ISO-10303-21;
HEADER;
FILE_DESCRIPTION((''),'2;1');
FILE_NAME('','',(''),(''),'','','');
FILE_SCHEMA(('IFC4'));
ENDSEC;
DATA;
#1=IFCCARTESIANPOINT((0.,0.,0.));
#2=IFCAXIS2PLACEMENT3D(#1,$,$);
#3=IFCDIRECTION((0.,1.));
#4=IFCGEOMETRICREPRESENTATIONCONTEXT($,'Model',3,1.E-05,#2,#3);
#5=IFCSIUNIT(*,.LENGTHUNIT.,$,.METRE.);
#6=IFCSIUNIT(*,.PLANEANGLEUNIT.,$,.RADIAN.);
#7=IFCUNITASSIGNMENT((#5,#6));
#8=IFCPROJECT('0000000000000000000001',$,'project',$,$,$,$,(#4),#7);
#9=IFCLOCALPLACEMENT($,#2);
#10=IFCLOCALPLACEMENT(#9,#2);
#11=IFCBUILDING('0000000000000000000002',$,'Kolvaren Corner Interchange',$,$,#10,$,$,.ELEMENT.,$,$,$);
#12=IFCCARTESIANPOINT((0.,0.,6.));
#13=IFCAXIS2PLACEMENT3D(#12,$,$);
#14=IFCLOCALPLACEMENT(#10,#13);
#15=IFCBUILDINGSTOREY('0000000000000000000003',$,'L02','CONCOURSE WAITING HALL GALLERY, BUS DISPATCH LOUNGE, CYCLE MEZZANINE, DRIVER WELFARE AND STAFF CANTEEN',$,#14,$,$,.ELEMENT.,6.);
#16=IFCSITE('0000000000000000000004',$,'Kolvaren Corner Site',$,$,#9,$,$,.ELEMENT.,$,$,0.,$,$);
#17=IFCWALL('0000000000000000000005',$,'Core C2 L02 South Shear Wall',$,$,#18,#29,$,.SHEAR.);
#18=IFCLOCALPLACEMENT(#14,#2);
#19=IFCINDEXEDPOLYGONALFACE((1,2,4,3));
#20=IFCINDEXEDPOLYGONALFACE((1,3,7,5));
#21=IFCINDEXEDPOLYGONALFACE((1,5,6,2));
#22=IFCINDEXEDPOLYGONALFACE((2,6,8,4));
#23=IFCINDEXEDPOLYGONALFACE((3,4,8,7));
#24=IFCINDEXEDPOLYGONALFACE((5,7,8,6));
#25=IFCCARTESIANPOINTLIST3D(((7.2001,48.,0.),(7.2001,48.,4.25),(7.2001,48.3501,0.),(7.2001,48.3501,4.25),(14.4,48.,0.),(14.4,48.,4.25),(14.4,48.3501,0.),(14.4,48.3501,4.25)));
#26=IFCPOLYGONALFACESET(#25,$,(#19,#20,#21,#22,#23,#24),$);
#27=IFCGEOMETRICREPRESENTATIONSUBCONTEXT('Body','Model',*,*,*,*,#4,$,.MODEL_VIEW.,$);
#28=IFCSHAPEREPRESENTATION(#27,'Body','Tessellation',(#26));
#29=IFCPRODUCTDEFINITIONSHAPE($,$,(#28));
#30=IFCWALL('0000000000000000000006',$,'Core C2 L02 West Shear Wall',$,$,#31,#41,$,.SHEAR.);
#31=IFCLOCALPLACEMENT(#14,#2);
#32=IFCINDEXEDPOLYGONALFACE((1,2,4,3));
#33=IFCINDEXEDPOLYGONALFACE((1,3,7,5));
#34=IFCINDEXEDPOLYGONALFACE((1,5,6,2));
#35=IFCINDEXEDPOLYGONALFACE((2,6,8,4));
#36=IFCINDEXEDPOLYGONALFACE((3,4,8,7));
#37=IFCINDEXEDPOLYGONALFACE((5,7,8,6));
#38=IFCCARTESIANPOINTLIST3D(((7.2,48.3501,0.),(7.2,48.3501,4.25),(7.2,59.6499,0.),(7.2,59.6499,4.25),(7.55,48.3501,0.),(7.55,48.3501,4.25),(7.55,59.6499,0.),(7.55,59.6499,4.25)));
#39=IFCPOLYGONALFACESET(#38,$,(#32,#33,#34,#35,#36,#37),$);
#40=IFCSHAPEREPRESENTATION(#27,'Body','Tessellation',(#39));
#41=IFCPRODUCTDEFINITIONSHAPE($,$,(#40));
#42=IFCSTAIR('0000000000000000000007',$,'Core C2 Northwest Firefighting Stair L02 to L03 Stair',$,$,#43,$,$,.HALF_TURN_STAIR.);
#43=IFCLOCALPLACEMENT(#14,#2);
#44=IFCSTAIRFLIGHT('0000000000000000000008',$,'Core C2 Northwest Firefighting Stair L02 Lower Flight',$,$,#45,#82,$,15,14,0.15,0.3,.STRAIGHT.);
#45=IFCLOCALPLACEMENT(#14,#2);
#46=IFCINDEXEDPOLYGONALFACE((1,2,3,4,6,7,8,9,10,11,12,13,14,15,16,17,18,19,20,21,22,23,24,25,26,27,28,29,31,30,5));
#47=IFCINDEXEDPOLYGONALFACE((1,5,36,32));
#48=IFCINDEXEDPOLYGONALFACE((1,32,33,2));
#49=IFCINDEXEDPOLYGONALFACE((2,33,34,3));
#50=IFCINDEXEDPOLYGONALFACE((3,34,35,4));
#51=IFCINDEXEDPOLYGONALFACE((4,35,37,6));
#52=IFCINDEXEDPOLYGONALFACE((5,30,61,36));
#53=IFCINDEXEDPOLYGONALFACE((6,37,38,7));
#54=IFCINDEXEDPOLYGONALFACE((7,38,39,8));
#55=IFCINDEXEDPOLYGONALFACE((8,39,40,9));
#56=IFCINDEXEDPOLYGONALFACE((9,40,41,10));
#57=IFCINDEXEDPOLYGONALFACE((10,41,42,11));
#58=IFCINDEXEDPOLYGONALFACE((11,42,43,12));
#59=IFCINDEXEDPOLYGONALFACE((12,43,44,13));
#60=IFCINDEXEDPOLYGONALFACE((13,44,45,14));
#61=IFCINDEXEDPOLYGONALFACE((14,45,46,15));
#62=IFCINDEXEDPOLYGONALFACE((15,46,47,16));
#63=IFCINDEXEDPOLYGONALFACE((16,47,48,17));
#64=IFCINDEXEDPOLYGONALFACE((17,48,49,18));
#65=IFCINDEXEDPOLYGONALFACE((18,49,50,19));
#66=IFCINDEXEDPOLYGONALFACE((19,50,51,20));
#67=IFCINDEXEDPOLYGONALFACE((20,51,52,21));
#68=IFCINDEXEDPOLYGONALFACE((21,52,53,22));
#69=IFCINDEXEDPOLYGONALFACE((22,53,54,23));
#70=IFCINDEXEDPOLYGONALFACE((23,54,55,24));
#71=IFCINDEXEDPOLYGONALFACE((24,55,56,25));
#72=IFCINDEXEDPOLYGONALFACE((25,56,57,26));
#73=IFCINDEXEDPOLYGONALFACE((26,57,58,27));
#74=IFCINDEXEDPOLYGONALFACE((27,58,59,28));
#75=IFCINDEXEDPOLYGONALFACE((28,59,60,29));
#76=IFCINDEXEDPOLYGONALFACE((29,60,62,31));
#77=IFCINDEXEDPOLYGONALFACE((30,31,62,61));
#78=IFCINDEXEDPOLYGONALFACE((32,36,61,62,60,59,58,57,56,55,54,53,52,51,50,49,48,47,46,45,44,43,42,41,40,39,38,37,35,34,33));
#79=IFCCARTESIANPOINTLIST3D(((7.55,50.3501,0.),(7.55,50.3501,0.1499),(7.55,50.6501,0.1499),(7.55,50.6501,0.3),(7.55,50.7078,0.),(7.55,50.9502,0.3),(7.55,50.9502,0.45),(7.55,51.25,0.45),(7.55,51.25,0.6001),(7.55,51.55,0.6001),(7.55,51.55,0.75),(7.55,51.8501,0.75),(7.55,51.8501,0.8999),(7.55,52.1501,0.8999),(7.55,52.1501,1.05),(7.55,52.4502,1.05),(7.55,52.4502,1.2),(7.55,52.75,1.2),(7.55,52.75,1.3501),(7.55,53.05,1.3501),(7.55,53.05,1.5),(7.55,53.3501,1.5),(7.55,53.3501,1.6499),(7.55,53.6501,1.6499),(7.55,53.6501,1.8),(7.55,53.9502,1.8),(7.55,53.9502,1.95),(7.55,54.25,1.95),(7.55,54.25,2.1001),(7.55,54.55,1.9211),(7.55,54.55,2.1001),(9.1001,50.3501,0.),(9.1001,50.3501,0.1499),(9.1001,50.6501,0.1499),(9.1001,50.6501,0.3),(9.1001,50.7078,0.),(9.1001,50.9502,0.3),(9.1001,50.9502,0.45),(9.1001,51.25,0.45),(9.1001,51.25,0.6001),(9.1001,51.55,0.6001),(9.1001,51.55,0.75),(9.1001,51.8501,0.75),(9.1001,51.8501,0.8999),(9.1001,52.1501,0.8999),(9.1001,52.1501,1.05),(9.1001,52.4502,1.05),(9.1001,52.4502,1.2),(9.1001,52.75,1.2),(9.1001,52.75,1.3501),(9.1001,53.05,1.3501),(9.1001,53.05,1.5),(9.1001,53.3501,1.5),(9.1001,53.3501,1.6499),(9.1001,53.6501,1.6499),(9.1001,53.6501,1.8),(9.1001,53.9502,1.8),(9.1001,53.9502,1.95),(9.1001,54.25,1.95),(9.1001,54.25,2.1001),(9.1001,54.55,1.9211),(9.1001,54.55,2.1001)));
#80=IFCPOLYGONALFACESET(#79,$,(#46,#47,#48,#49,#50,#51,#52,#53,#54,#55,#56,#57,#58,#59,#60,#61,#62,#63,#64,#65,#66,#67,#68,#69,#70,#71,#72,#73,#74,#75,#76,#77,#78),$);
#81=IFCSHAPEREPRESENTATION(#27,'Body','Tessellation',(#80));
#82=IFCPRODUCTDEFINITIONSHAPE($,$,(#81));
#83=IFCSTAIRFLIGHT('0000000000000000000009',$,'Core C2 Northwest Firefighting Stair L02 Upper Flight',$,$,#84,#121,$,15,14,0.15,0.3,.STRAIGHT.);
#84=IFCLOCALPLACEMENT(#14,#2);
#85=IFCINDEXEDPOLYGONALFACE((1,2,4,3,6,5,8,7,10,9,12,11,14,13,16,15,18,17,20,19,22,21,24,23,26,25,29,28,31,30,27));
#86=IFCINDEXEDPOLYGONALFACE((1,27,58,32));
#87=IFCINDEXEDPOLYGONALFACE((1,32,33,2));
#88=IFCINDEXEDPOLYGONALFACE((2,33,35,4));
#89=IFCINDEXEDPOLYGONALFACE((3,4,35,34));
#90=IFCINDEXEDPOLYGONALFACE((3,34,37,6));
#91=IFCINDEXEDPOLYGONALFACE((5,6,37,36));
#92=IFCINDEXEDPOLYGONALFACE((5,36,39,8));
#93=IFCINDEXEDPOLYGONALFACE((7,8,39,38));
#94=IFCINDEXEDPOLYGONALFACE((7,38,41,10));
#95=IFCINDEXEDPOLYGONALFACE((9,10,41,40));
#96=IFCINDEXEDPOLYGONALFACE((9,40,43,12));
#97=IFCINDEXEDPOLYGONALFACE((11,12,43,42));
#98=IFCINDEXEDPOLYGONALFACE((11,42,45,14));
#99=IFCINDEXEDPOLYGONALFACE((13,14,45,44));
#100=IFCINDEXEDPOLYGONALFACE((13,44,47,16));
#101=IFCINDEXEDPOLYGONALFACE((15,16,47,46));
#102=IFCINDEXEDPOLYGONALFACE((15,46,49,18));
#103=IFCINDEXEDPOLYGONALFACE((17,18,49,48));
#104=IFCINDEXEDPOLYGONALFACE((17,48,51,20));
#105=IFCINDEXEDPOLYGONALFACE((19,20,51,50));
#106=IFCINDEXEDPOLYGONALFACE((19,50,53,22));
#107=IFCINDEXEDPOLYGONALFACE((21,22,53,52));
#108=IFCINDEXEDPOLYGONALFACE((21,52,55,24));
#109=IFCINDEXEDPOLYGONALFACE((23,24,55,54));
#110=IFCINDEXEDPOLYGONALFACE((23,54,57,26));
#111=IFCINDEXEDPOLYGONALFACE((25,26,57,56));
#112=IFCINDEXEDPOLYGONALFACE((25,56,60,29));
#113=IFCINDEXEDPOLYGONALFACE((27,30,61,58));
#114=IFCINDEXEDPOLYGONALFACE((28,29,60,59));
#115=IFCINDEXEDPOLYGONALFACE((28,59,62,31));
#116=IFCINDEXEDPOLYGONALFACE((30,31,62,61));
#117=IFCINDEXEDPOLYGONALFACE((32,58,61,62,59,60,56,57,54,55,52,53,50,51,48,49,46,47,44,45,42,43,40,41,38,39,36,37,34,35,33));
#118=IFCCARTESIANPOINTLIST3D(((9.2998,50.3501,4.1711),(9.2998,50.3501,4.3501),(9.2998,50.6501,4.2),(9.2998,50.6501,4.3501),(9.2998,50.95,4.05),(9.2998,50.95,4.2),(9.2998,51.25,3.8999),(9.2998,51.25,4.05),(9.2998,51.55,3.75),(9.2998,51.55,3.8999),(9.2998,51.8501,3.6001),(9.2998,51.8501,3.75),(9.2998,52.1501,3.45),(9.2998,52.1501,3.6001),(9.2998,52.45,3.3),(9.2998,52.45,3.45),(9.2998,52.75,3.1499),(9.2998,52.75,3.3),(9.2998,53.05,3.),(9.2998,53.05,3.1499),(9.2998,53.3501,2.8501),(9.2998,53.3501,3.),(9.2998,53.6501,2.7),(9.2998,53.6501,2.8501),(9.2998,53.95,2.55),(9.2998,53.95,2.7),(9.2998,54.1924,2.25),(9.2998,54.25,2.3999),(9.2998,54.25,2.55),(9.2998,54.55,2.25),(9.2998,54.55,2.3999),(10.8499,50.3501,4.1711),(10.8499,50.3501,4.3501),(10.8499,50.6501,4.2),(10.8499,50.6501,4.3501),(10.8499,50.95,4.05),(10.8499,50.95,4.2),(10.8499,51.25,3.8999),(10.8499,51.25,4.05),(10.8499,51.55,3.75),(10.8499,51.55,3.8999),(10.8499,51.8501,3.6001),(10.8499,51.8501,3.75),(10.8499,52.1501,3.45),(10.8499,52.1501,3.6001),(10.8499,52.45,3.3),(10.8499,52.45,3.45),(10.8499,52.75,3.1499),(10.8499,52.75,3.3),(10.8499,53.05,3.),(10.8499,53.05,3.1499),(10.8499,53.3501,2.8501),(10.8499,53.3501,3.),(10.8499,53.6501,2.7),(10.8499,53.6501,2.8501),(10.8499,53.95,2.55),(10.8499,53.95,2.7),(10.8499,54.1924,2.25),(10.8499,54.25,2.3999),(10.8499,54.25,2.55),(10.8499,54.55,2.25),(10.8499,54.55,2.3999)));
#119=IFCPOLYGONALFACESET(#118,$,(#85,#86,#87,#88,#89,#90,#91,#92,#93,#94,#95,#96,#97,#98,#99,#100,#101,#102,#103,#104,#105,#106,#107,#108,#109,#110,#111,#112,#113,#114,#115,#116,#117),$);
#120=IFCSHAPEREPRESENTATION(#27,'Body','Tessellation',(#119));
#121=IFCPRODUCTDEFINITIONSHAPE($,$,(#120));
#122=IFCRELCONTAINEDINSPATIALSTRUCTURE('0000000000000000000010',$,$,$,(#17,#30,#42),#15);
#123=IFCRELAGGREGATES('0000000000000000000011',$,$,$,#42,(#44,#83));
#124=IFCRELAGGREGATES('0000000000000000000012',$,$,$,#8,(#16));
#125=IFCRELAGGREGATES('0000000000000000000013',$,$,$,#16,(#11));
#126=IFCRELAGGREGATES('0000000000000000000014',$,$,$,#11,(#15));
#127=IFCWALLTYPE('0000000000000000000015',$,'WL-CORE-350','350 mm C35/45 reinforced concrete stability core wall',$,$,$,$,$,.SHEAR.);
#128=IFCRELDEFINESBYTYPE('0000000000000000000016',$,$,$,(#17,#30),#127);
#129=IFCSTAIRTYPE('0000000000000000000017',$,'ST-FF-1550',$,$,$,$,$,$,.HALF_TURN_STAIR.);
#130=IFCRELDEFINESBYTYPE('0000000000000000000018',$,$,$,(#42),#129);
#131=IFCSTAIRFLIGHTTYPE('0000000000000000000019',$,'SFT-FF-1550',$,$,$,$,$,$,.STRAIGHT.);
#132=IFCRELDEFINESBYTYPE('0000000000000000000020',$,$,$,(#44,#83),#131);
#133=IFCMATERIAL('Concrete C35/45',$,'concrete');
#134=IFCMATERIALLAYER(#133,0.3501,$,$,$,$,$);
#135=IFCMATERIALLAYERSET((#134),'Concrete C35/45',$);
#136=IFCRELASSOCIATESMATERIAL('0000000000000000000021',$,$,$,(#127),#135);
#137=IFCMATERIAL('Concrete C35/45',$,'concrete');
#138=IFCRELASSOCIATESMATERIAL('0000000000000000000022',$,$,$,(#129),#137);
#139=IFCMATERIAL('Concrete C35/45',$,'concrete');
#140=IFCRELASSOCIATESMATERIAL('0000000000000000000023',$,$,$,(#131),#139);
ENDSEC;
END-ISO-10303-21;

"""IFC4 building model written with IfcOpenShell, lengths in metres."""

from ifc_helpers import new_model, si_unit, direction, frame, frame_2d, origin, place, context, subcontext, project, spatial, polyline, rectangle, outline, extrude, material, layer, layer_set, type_object, element, aggregate, save


model = new_model("IFC4")

# Units and contexts
model_context = context("Model", 3, precision=1e-05, world=origin(), true_north=direction((0.0, 1.0)))
body_context = subcontext(model_context, "Body", "Model", "MODEL_VIEW")
ifc_project = project(units=[si_unit("LENGTHUNIT", "METRE"), si_unit("PLANEANGLEUNIT", "RADIAN")], contexts=[model_context])

# Site, building, storey
site_placement = place(None, origin())
site = spatial("IfcSite", under=ifc_project, at=site_placement, Name="Kolvaren Corner Site", CompositionType="ELEMENT", RefElevation=0.0)
building_placement = place(site_placement, origin())
building = spatial("IfcBuilding", under=site, at=building_placement, Name="Kolvaren Corner Interchange", CompositionType="ELEMENT")
storey_placement = place(building_placement, frame((0.0, 0.0, 6.0)))
storey = spatial("IfcBuildingStorey", under=building, at=storey_placement, Name="L02", Description="CONCOURSE WAITING HALL GALLERY, BUS DISPATCH LOUNGE, CYCLE MEZZANINE, DRIVER WELFARE AND STAFF CANTEEN", CompositionType="ELEMENT", Elevation=6.0)

# Walls
ifc_material_1 = material(Name="Concrete C35/45", Category="concrete")
ifc_layer = layer(ifc_material_1, 0.3501)
ifc_layer_set = layer_set([ifc_layer], Name="Concrete C35/45")
wall_type = type_object("IfcWallType", Name="WL-CORE-350", Description="350 mm C35/45 reinforced concrete stability core wall", PredefinedType="SHEAR", material=ifc_layer_set)
wall_1_placement = place(storey_placement, frame((7.2, 48.175, 0.0), z_axis=(0.0, 0.0, 1.0), x_axis=(1.0, 0.0, 0.0)))
element("IfcWall", 1, at=wall_1_placement, inside=storey, type_object=wall_type, Name="Core C2 L02 South Shear Wall", PredefinedType="SHEAR", context=body_context, shape_type="SweptSolid", body=[
    extrude(rectangle(XDim=7.2, YDim=0.3501, at=frame_2d((3.6001, 0.0))), origin(), (0.0, 0.0, 1.0), 4.25),
])
wall_2_placement = place(storey_placement, frame((7.375, 48.3501, 0.0), z_axis=(0.0, 0.0, 1.0), x_axis=(0.0, 1.0, 0.0)))
element("IfcWall", 2, at=wall_2_placement, inside=storey, type_object=wall_type, Name="Core C2 L02 West Shear Wall", PredefinedType="SHEAR", context=body_context, shape_type="SweptSolid", body=[
    extrude(rectangle(XDim=11.2998, YDim=0.3501, at=frame_2d((5.6499, 0.0))), origin(), (0.0, 0.0, 1.0), 4.25),
])

# Stair, stair flights
ifc_material_2 = material(Name="Concrete C35/45", Category="concrete")
stair_type = type_object("IfcStairType", Name="ST-FF-1550", PredefinedType="HALF_TURN_STAIR", material=ifc_material_2)
stair_placement = place(storey_placement, origin())
stair = element("IfcStair", 3, at=stair_placement, inside=storey, type_object=stair_type, Name="Core C2 Northwest Firefighting Stair L02 to L03 Stair", PredefinedType="HALF_TURN_STAIR")
ifc_material_3 = material(Name="Concrete C35/45", Category="concrete")
stair_flight_type = type_object("IfcStairFlightType", Name="SFT-FF-1550", PredefinedType="STRAIGHT", material=ifc_material_3)
stair_flight_1_placement = place(storey_placement, frame((8.325, 50.3501, 0.0), z_axis=(0.0, 0.0, 1.0), x_axis=(0.0, 1.0, 0.0)))
stair_flight_1 = element("IfcStairFlight", 4, at=stair_flight_1_placement, type_object=stair_flight_type, Name="Core C2 Northwest Firefighting Stair L02 Lower Flight", NumberOfRisers=15, NumberOfTreads=14, PredefinedType="STRAIGHT", RiserHeight=0.15, TreadLength=0.3, context=body_context, shape_type="SweptSolid", body=[
    extrude(outline(polyline([(0.0, 0.0), (0.0, 0.1499), (0.3, 0.1499), (0.3, 0.3), (0.6001, 0.3), (0.6001, 0.45), (0.8999, 0.45), (0.8999, 0.6001), (1.2, 0.6001), (1.2, 0.75), (1.5, 0.75), (1.5, 0.8999), (1.8, 0.8999), (1.8, 1.05), (2.1001, 1.05), (2.1001, 1.2), (2.3999, 1.2), (2.3999, 1.3501), (2.7, 1.3501), (2.7, 1.5), (3.0, 1.5), (3.0, 1.6499), (3.3, 1.6499), (3.3, 1.8), (3.6001, 1.8), (3.6001, 1.95), (3.8999, 1.95), (3.8999, 2.1001), (4.2, 2.1001), (4.2, 2.25), (4.2, 1.9211), (0.3577, 0.0), (0.0, 0.0)])), frame((0.0, 0.7749, 0.0), z_axis=(0.0, -1.0, 0.0), x_axis=(1.0, 0.0, 0.0)), (0.0, 0.0, 1.0), 1.55),
])
stair_flight_2_placement = place(storey_placement, frame((10.075, 54.55, 2.25), z_axis=(0.0, 0.0, 1.0), x_axis=(0.0, -1.0, 0.0)))
stair_flight_2 = element("IfcStairFlight", 5, at=stair_flight_2_placement, type_object=stair_flight_type, Name="Core C2 Northwest Firefighting Stair L02 Upper Flight", NumberOfRisers=15, NumberOfTreads=14, PredefinedType="STRAIGHT", RiserHeight=0.15, TreadLength=0.3, context=body_context, shape_type="SweptSolid", body=[
    extrude(outline(polyline([(0.0, 0.0), (0.0, 0.1499), (0.3, 0.1499), (0.3, 0.3), (0.6001, 0.3), (0.6001, 0.45), (0.8999, 0.45), (0.8999, 0.6001), (1.2, 0.6001), (1.2, 0.75), (1.5, 0.75), (1.5, 0.8999), (1.8, 0.8999), (1.8, 1.05), (2.1001, 1.05), (2.1001, 1.2), (2.3999, 1.2), (2.3999, 1.3501), (2.7, 1.3501), (2.7, 1.5), (3.0, 1.5), (3.0, 1.6499), (3.3, 1.6499), (3.3, 1.8), (3.6001, 1.8), (3.6001, 1.95), (3.8999, 1.95), (3.8999, 2.1001), (4.2, 2.1001), (4.2, 2.25), (4.2, 1.9211), (0.3577, 0.0), (0.0, 0.0)])), frame((0.0, 0.7749, 0.0), z_axis=(0.0, -1.0, 0.0), x_axis=(1.0, 0.0, 0.0)), (0.0, 0.0, 1.0), 1.55),
])

aggregate(stair, [stair_flight_1, stair_flight_2])

save(model, "model.ifc")
